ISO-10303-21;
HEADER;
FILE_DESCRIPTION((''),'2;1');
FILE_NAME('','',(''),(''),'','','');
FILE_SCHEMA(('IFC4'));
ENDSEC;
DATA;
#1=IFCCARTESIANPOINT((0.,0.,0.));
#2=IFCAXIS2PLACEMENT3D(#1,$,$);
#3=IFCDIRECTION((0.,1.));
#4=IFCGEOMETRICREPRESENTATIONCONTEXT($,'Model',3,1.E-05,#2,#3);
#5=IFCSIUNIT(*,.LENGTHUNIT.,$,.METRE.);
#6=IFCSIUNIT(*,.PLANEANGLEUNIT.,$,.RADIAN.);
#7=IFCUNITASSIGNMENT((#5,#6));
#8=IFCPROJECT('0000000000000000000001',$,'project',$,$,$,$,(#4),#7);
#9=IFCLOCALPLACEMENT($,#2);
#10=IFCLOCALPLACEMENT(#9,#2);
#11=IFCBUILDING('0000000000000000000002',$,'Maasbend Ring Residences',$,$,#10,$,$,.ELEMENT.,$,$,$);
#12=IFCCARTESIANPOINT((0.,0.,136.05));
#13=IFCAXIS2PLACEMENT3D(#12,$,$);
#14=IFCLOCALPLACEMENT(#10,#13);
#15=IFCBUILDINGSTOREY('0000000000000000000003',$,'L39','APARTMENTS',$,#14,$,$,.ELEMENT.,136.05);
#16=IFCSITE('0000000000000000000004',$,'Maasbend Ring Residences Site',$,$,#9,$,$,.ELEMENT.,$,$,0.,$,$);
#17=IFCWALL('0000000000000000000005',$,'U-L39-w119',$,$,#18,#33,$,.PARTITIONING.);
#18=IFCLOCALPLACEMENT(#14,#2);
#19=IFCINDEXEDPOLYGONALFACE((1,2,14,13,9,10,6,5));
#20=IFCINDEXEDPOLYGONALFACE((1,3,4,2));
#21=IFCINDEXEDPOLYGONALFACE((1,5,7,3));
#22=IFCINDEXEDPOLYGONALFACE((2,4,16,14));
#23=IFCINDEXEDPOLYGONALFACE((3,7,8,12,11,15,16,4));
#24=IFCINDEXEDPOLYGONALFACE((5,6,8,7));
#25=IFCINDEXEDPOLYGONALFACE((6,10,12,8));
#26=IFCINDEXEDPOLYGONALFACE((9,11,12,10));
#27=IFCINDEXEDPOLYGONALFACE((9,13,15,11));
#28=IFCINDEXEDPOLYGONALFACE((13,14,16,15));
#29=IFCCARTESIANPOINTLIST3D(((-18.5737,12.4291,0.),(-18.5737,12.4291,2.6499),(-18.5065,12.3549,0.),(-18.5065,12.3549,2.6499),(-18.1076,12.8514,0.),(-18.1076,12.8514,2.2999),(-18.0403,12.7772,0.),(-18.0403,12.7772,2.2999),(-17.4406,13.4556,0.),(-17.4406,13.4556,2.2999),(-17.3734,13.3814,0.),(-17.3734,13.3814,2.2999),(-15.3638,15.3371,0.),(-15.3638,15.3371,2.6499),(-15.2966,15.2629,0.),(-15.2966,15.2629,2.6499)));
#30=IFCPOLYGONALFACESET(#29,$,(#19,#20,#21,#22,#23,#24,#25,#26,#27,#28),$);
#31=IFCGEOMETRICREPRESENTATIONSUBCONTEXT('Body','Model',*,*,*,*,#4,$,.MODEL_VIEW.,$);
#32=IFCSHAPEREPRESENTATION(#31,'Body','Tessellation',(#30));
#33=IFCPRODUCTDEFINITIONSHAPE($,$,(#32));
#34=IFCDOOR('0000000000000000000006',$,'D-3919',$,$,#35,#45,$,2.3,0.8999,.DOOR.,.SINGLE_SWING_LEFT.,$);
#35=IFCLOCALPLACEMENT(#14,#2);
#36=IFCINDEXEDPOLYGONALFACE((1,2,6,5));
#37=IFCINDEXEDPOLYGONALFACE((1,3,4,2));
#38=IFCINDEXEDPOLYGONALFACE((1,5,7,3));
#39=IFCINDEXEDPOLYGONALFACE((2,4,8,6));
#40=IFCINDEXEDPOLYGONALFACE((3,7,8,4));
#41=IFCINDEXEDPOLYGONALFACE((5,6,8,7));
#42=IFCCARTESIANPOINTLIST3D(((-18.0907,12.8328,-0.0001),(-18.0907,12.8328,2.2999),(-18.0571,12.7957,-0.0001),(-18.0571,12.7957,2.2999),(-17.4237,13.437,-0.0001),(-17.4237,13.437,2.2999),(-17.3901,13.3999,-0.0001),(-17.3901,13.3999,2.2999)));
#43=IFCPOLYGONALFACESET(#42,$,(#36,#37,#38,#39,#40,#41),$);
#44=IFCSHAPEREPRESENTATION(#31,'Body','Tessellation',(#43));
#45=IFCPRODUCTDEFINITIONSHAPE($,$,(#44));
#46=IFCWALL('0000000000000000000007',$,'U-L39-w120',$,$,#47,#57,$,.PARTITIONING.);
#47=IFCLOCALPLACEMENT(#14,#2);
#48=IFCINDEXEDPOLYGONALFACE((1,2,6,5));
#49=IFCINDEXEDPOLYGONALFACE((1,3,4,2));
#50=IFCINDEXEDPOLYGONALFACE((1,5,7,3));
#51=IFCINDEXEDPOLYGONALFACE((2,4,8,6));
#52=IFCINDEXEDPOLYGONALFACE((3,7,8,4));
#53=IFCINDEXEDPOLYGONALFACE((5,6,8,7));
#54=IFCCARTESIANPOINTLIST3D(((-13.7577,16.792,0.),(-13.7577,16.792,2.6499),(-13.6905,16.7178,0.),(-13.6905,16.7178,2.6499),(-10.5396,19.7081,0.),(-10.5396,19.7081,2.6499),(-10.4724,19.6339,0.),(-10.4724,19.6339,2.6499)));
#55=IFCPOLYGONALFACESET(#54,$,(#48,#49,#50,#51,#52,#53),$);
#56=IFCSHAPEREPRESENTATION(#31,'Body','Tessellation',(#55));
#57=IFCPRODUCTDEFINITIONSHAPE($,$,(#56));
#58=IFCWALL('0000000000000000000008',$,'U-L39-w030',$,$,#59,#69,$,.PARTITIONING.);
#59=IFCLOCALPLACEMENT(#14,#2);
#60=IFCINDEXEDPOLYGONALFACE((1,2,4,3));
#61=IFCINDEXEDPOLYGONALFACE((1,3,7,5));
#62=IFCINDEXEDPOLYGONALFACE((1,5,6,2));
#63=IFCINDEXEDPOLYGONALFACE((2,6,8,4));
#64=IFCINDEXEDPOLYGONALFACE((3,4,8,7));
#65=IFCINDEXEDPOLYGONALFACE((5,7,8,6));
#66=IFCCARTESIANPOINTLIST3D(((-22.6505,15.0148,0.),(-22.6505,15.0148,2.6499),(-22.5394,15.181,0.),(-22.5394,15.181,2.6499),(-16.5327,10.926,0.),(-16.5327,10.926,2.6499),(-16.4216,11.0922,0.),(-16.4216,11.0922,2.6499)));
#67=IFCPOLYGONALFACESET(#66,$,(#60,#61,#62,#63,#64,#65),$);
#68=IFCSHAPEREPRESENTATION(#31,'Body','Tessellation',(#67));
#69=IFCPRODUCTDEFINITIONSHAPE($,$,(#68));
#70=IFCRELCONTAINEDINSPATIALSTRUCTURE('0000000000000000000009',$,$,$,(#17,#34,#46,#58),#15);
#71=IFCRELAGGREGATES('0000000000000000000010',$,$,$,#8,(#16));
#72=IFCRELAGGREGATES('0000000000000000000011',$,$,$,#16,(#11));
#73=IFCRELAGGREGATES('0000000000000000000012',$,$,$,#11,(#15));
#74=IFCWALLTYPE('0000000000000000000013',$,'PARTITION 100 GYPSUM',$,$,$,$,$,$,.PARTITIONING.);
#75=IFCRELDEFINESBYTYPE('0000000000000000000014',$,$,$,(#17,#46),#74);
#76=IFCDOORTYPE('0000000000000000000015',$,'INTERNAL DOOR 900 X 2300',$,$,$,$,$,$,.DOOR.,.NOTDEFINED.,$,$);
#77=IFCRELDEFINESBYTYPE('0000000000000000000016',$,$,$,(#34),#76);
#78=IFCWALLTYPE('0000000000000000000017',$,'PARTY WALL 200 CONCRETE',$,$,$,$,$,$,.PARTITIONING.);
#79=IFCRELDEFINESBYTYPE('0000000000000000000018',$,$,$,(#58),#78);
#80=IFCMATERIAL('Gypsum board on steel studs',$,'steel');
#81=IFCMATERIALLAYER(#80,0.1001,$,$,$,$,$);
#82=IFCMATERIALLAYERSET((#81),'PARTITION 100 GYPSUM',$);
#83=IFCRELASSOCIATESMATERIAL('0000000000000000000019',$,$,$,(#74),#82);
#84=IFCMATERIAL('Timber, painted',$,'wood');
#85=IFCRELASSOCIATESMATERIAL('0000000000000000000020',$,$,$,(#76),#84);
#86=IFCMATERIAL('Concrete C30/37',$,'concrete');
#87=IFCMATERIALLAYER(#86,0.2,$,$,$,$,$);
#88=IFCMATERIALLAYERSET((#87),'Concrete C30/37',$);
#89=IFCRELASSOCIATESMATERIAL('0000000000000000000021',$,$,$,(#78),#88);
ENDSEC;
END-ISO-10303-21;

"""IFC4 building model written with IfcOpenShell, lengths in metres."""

from ifc_helpers import new_model, si_unit, direction, frame, frame_2d, origin, place, context, subcontext, project, spatial, rectangle, extrude, material, layer, layer_set, type_object, element, fill, save


model = new_model("IFC4")

# Units and contexts
model_context = context("Model", 3, precision=1e-05, world=origin(), true_north=direction((0.0, 1.0)))
body_context = subcontext(model_context, "Body", "Model", "MODEL_VIEW")
ifc_project = project(units=[si_unit("LENGTHUNIT", "METRE"), si_unit("PLANEANGLEUNIT", "RADIAN")], contexts=[model_context])

# Site, building, storey
site_placement = place(None, origin())
site = spatial("IfcSite", under=ifc_project, at=site_placement, Name="Maasbend Ring Residences Site", CompositionType="ELEMENT", RefElevation=0.0)
building_placement = place(site_placement, origin())
building = spatial("IfcBuilding", under=site, at=building_placement, Name="Maasbend Ring Residences", CompositionType="ELEMENT")
storey_placement = place(building_placement, frame((0.0, 0.0, 136.05)))
storey = spatial("IfcBuildingStorey", under=building, at=storey_placement, Name="L39", Description="APARTMENTS", CompositionType="ELEMENT", Elevation=136.05)

# Shared definitions
ifc_material_1 = material(Name="Gypsum board on steel studs", Category="steel")
ifc_layer_1 = layer(ifc_material_1, 0.1001)
ifc_layer_set_1 = layer_set([ifc_layer_1], Name="PARTITION 100 GYPSUM")
wall_type_1 = type_object("IfcWallType", Name="PARTITION 100 GYPSUM", PredefinedType="PARTITIONING", material=ifc_layer_set_1)

# Wall, opening, door
ifc_material_2 = material(Name="Timber, painted", Category="wood")
door_type_1 = type_object("IfcDoorType", Name="INTERNAL DOOR 900 X 2300", OperationType="NOTDEFINED", PredefinedType="DOOR", material=ifc_material_2)
wall_1_placement = place(storey_placement, frame((-18.54, 12.3921, 0.0), z_axis=(0.0, 0.0, 1.0), x_axis=(0.74111, 0.671384, 0.0)))
wall_1 = element("IfcWall", 1, at=wall_1_placement, inside=storey, type_object=wall_type_1, Name="U-L39-w119", PredefinedType="PARTITIONING", context=body_context, shape_type="SweptSolid", body=[
    extrude(rectangle(XDim=4.3313, YDim=0.1001, at=frame_2d((2.1655, 0.0))), origin(), (0.0, 0.0, 1.0), 2.6499),
])
opening_1_placement = place(wall_1_placement, frame((0.6289, 0.0, 0.0)))
opening_1 = element("IfcOpeningElement", 2, at=opening_1_placement, cuts=wall_1, PredefinedType="OPENING", context=body_context, shape_type="SweptSolid", body=[
    extrude(rectangle(XDim=0.8999, YDim=2.3, at=frame_2d((0.45, 1.1499))), frame((0.0, 0.0601, 0.0), z_axis=(0.0, -1.0, 0.0), x_axis=(1.0, 0.0, 0.0)), (0.0, 0.0, 1.0), 0.1201),
])
door_1_placement = place(opening_1_placement, origin())
door_1 = element("IfcDoor", 3, at=door_1_placement, inside=storey, type_object=door_type_1, Name="D-3919", OperationType="SINGLE_SWING_LEFT", OverallHeight=2.3, OverallWidth=0.8999, PredefinedType="DOOR", context=body_context, shape_type="SweptSolid", body=[
    extrude(rectangle(XDim=0.8999, YDim=2.3, at=frame_2d((0.45, 1.1499))), frame((0.0, 0.0249, 0.0), z_axis=(0.0, -1.0, 0.0), x_axis=(1.0, 0.0, 0.0)), (0.0, 0.0, 1.0), 0.05),
])
fill(opening_1, door_1)

# Walls
wall_2_placement = place(storey_placement, frame((-13.7241, 16.7549, 0.0), z_axis=(0.0, 0.0, 1.0), x_axis=(0.741023, 0.67148, 0.0)))
element("IfcWall", 4, at=wall_2_placement, inside=storey, type_object=wall_type_1, Name="U-L39-w120", PredefinedType="PARTITIONING", context=body_context, shape_type="SweptSolid", body=[
    extrude(rectangle(XDim=4.3428, YDim=0.1001, at=frame_2d((2.1714, 0.0))), origin(), (0.0, 0.0, 1.0), 2.6499),
])
ifc_material_3 = material(Name="Concrete C30/37", Category="concrete")
ifc_layer_2 = layer(ifc_material_3, 0.2)
ifc_layer_set_2 = layer_set([ifc_layer_2], Name="Concrete C30/37")
wall_type_2 = type_object("IfcWallType", Name="PARTY WALL 200 CONCRETE", PredefinedType="PARTITIONING", material=ifc_layer_set_2)
wall_3_placement = place(storey_placement, frame((-22.595, 15.0979, 0.0), z_axis=(0.0, 0.0, 1.0), x_axis=(0.831407, -0.555665, 0.0)))
element("IfcWall", 5, at=wall_3_placement, inside=storey, type_object=wall_type_2, Name="U-L39-w030", PredefinedType="PARTITIONING", context=body_context, shape_type="SweptSolid", body=[
    extrude(rectangle(XDim=7.3584, YDim=0.2, at=frame_2d((3.6792, 0.0))), origin(), (0.0, 0.0, 1.0), 2.6499),
])

save(model, "model.ifc")
